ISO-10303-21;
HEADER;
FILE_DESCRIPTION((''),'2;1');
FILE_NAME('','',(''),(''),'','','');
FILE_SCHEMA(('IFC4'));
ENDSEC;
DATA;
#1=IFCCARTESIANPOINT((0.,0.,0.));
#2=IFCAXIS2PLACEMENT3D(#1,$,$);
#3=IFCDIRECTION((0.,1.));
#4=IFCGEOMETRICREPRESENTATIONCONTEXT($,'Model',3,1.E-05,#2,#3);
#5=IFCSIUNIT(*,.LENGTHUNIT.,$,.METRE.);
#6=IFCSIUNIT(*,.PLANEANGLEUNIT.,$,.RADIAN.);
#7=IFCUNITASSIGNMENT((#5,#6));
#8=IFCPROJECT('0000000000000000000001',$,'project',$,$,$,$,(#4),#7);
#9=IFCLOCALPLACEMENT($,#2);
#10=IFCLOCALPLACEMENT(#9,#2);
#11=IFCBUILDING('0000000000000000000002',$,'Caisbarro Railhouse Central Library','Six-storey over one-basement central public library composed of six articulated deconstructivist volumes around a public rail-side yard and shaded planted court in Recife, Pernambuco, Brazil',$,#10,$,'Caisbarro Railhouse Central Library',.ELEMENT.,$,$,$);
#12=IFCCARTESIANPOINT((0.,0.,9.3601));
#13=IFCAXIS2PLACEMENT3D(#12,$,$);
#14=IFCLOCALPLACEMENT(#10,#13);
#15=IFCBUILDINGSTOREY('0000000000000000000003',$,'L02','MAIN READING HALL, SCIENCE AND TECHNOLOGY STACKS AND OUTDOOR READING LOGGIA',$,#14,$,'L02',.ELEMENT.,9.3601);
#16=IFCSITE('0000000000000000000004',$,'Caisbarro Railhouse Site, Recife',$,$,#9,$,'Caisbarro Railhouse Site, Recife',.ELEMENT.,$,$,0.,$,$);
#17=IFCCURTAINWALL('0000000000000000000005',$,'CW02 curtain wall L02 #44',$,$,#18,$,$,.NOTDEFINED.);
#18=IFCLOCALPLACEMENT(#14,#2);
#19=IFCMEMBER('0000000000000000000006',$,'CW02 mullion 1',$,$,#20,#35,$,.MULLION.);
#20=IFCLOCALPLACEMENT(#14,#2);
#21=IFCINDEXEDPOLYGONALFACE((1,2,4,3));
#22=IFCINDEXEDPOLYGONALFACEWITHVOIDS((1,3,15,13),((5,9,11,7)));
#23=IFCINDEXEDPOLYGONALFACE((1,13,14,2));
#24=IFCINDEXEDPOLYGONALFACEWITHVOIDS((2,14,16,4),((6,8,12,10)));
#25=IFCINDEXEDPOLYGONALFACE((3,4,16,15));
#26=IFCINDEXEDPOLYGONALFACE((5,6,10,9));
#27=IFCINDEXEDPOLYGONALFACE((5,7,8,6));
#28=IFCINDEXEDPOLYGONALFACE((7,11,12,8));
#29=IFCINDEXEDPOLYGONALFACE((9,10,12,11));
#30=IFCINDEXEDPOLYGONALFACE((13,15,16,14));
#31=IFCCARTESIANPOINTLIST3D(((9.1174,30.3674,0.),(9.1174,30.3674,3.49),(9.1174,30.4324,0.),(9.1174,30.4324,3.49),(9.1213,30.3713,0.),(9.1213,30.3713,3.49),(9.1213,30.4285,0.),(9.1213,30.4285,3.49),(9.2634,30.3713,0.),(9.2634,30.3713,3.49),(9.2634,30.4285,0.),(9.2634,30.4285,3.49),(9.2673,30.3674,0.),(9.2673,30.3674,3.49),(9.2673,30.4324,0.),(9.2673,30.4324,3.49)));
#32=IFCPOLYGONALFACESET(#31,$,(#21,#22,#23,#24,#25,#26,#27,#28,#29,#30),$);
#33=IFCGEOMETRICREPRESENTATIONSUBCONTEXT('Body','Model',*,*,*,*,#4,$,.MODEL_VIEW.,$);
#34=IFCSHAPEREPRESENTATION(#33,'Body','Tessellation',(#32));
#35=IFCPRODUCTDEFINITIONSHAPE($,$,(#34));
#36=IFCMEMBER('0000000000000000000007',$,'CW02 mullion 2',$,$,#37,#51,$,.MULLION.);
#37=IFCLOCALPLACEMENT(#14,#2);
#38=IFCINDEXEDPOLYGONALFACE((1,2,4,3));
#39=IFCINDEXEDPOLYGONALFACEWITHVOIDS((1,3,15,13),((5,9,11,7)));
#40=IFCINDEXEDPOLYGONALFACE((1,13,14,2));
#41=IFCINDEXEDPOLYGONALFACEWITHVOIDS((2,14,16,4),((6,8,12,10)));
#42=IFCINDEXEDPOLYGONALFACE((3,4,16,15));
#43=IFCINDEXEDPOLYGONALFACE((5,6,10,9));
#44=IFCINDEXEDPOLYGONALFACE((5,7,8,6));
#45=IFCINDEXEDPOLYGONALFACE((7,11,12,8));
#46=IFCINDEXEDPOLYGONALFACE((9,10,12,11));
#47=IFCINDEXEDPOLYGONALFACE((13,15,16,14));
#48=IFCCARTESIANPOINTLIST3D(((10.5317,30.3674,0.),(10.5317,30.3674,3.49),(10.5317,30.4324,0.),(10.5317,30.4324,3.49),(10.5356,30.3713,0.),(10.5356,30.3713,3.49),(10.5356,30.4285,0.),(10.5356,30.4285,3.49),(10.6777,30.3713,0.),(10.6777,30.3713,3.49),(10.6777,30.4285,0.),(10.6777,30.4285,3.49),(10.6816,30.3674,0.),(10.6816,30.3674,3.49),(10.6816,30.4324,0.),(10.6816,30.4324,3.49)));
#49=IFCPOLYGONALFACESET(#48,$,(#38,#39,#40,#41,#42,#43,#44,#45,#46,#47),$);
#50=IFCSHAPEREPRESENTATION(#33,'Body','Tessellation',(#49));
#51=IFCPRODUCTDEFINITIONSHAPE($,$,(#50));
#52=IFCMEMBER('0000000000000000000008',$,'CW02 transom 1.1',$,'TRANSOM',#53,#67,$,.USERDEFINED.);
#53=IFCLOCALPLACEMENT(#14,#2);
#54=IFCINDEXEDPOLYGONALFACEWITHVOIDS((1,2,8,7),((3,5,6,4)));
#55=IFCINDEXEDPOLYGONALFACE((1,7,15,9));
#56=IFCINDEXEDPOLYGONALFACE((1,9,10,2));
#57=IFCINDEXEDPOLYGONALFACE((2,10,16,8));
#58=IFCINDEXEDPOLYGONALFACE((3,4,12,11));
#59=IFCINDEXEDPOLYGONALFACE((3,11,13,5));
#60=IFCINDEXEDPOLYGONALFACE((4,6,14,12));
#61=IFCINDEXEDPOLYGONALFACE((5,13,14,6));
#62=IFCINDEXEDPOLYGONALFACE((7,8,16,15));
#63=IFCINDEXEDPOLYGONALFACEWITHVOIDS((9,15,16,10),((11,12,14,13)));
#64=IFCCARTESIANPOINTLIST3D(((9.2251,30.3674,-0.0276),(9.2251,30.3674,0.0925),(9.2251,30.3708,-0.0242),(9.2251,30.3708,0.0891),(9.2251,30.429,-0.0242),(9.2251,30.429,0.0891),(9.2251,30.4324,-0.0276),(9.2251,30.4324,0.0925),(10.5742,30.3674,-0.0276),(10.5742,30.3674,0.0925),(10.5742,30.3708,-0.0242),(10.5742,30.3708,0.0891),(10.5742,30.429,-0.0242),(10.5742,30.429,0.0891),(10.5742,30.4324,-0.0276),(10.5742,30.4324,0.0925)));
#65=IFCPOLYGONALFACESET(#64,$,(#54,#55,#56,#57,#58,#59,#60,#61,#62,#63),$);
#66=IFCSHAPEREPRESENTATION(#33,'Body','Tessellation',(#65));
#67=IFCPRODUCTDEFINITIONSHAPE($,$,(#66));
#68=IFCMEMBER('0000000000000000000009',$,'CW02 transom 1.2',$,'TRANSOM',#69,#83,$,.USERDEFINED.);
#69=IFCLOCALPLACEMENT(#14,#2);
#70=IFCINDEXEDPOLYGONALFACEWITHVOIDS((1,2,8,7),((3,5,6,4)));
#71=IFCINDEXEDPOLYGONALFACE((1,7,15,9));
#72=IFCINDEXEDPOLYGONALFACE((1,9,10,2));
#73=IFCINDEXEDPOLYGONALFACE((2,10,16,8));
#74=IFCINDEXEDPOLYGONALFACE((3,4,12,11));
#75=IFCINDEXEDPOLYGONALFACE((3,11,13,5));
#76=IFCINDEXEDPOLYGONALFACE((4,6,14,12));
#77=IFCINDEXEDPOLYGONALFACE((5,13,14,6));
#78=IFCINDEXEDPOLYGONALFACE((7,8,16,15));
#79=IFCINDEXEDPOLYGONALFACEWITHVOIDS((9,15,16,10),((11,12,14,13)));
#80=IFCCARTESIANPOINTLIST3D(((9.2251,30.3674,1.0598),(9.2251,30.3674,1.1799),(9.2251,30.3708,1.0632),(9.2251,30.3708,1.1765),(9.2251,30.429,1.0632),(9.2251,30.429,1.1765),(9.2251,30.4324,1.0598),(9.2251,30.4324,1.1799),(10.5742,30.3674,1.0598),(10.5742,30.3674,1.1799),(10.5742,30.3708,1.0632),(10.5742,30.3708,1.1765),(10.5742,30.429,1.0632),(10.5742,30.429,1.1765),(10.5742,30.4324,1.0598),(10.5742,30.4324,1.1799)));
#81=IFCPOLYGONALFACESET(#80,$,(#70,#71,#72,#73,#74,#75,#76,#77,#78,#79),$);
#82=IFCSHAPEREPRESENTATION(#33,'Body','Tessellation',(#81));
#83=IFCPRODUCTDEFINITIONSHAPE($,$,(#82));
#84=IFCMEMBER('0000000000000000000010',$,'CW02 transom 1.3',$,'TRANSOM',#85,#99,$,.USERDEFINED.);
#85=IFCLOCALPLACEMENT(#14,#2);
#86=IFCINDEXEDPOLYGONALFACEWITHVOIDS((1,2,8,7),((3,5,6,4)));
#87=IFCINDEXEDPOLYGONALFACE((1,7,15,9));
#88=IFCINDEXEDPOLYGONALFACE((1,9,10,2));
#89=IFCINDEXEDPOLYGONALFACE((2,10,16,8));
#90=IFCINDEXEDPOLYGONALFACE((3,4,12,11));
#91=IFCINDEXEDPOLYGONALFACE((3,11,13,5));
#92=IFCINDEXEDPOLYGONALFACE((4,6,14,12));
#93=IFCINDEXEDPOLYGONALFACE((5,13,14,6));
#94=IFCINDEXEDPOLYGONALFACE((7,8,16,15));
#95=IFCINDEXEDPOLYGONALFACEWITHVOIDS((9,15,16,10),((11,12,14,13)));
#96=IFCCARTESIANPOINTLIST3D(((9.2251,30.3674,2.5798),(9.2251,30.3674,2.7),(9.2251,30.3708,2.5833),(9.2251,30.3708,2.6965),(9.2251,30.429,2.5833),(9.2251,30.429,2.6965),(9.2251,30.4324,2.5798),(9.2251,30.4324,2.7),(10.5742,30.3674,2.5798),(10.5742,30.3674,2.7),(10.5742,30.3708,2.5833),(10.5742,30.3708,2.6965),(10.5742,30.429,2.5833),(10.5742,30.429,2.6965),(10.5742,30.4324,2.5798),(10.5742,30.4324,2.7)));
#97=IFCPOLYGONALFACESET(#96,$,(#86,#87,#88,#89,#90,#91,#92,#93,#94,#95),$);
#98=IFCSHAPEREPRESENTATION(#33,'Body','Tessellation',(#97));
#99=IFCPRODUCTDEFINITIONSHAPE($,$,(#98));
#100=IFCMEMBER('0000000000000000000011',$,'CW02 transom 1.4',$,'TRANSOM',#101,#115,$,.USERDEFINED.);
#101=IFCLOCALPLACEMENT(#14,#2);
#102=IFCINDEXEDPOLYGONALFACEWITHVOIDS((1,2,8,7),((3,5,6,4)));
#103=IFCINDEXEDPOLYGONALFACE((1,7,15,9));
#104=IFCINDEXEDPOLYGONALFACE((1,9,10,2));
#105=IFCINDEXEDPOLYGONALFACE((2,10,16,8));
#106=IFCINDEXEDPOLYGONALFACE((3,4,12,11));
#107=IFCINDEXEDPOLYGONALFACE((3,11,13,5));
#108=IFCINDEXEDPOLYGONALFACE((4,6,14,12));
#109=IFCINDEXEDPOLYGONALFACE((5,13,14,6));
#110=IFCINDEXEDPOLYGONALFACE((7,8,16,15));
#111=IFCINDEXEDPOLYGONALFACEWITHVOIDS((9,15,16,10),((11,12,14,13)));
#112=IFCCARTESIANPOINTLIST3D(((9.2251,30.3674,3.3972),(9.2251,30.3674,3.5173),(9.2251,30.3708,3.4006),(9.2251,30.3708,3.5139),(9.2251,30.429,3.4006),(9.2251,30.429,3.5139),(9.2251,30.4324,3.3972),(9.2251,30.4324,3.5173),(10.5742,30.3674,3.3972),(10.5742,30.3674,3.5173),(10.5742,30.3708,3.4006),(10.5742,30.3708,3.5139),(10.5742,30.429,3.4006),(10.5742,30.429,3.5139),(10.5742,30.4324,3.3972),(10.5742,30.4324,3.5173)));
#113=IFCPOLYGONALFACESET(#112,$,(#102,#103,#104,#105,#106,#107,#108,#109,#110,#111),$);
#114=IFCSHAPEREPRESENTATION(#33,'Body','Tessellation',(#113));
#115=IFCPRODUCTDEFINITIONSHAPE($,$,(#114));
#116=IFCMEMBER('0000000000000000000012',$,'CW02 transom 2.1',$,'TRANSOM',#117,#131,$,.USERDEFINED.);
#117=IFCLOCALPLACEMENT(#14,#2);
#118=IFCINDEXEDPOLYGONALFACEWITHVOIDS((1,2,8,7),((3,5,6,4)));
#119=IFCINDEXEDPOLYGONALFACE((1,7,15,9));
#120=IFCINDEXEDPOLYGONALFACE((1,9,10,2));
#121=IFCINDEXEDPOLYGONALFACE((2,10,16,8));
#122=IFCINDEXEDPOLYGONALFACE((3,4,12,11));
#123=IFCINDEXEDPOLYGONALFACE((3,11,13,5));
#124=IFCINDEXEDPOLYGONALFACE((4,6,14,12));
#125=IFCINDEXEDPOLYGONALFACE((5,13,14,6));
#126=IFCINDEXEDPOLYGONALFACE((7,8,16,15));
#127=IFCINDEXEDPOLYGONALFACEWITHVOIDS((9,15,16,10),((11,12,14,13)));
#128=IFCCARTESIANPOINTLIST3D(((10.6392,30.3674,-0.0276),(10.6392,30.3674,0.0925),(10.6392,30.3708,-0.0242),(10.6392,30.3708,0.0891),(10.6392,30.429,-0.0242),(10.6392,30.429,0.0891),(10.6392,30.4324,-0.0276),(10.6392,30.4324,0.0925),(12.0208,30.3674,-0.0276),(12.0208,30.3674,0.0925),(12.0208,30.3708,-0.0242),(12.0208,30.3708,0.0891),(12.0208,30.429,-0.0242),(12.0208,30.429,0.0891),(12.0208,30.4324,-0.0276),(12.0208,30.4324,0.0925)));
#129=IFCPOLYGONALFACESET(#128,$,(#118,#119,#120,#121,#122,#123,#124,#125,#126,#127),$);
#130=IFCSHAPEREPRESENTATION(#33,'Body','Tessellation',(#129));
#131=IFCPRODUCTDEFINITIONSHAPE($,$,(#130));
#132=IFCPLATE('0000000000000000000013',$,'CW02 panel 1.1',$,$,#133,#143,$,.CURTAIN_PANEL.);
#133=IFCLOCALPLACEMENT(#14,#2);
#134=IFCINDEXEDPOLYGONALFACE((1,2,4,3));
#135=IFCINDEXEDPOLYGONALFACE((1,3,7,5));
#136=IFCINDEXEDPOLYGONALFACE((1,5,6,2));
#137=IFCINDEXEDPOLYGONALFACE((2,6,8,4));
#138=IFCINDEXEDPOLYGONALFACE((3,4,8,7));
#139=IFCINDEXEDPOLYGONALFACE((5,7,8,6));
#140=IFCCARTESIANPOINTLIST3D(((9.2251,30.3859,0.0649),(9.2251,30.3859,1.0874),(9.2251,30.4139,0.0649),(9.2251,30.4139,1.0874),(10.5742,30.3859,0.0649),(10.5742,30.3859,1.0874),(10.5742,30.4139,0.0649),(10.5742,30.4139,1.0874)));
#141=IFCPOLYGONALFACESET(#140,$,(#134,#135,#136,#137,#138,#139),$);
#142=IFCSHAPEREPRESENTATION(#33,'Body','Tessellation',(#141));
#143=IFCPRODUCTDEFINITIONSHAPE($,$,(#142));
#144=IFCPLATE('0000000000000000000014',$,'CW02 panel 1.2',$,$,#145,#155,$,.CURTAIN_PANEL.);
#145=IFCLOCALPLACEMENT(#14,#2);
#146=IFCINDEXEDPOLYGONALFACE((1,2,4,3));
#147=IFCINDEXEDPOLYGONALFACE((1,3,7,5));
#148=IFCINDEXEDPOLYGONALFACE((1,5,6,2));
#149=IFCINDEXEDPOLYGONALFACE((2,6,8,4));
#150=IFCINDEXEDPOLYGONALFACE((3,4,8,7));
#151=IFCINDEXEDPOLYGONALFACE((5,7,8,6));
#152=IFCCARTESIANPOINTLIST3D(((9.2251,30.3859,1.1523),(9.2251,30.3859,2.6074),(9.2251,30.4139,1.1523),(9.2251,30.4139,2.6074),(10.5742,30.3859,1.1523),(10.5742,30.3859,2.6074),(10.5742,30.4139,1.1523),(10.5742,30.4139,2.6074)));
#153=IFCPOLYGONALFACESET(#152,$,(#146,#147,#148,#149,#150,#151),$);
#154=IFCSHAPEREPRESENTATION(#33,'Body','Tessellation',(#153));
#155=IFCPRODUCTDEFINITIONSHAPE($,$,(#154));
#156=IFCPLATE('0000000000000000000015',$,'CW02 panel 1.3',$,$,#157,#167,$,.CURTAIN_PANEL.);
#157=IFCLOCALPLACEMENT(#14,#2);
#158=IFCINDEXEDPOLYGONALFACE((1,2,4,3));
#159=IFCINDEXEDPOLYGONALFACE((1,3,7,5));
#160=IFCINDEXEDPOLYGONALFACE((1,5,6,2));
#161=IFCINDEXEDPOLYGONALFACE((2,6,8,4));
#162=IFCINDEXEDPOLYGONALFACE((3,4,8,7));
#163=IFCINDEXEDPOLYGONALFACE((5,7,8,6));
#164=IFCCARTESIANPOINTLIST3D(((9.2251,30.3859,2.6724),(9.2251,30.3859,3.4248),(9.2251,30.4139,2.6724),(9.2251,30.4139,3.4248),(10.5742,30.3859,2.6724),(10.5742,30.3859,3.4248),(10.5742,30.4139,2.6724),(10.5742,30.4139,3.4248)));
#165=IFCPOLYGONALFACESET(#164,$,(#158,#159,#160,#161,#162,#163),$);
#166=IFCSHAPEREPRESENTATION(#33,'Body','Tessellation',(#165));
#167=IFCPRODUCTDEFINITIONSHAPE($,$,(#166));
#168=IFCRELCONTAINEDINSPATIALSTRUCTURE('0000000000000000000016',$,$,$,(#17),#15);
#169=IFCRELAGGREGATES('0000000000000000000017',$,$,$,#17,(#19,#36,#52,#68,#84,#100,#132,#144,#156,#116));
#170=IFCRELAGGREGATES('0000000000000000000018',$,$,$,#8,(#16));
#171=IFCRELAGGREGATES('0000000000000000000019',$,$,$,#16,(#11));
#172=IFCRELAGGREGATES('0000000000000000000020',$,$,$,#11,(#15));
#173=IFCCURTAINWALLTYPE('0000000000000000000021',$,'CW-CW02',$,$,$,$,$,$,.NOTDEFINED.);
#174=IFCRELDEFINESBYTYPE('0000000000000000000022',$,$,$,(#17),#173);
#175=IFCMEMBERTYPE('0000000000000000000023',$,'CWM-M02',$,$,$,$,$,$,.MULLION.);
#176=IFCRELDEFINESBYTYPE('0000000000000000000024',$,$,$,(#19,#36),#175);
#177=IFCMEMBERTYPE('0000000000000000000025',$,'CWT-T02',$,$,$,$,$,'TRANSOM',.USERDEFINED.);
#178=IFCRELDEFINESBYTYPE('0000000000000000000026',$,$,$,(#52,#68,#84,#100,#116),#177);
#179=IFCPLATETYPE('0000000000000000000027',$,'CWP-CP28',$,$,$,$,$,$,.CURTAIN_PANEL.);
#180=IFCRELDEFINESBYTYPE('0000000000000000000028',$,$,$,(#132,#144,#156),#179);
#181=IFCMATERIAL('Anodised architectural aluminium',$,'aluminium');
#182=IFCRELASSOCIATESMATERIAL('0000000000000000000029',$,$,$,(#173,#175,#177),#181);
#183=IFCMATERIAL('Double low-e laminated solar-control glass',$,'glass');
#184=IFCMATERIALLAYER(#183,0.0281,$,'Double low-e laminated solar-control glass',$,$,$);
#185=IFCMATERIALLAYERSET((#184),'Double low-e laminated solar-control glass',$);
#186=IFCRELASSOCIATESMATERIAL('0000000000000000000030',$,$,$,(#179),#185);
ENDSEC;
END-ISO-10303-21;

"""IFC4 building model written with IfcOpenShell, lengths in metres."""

from ifc_helpers import new_model, si_unit, direction, frame, origin, origin_2d, place, context, subcontext, project, spatial, rectangle, hollow_rectangle, extrude, material, layer, layer_set, material_profile, profile_set, type_object, element, aggregate, save


model = new_model("IFC4")

# Units and contexts
model_context = context("Model", 3, precision=1e-05, world=origin(), true_north=direction((0.0, 1.0)))
body_context = subcontext(model_context, "Body", "Model", "MODEL_VIEW")
ifc_project = project(units=[si_unit("LENGTHUNIT", "METRE"), si_unit("PLANEANGLEUNIT", "RADIAN")], contexts=[model_context])

# Site, building, storey
site_placement = place(None, origin())
site = spatial("IfcSite", under=ifc_project, at=site_placement, Name="Caisbarro Railhouse Site, Recife", LongName="Caisbarro Railhouse Site, Recife", CompositionType="ELEMENT", RefElevation=0.0)
building_placement = place(site_placement, origin())
building = spatial("IfcBuilding", under=site, at=building_placement, Name="Caisbarro Railhouse Central Library", Description="Six-storey over one-basement central public library composed of six articulated deconstructivist volumes around a public rail-side yard and shaded planted court in Recife, Pernambuco, Brazil", LongName="Caisbarro Railhouse Central Library", CompositionType="ELEMENT")
storey_placement = place(building_placement, frame((0.0, 0.0, 9.3601)))
storey = spatial("IfcBuildingStorey", under=building, at=storey_placement, Name="L02", Description="MAIN READING HALL, SCIENCE AND TECHNOLOGY STACKS AND OUTDOOR READING LOGGIA", LongName="L02", CompositionType="ELEMENT", Elevation=9.3601)

# Curtain wall, members, plates
ifc_material_1 = material(Name="Anodised architectural aluminium", Category="aluminium")
curtain_wall_type = type_object("IfcCurtainWallType", Name="CW-CW02", PredefinedType="NOTDEFINED", material=ifc_material_1)
curtain_wall_placement = place(storey_placement, origin())
curtain_wall = element("IfcCurtainWall", 1, at=curtain_wall_placement, inside=storey, type_object=curtain_wall_type, Name="CW02 curtain wall L02 #44", PredefinedType="NOTDEFINED")
ifc_material_profile_1 = material_profile(ifc_material_1, hollow_rectangle(XDim=0.0649, YDim=0.1499, WallThickness=0.0039, at=origin_2d()), Name="ALU-MUL-65X150")
ifc_profile_set_1 = profile_set([ifc_material_profile_1], Name="Anodised architectural aluminium")
member_type_1 = type_object("IfcMemberType", Name="CWM-M02", PredefinedType="MULLION", material=ifc_profile_set_1)
member_1_placement = place(storey_placement, frame((9.1924, 30.3999, 0.0), z_axis=(0.0, 0.0, 1.0), x_axis=(0.0, 1.0, 0.0)))
member_1 = element("IfcMember", 2, at=member_1_placement, type_object=member_type_1, Name="CW02 mullion 1", PredefinedType="MULLION", context=body_context, shape_type="SweptSolid", body=[
    extrude(hollow_rectangle(XDim=0.0649, YDim=0.1499, WallThickness=0.0039, at=origin_2d()), origin(), (0.0, 0.0, 1.0), 3.49),
])
member_2_placement = place(storey_placement, frame((10.6067, 30.3999, 0.0), z_axis=(0.0, 0.0, 1.0), x_axis=(0.0, 1.0, 0.0)))
member_2 = element("IfcMember", 3, at=member_2_placement, type_object=member_type_1, Name="CW02 mullion 2", PredefinedType="MULLION", context=body_context, shape_type="SweptSolid", body=[
    extrude(hollow_rectangle(XDim=0.0649, YDim=0.1499, WallThickness=0.0039, at=origin_2d()), origin(), (0.0, 0.0, 1.0), 3.49),
])
ifc_material_profile_2 = material_profile(ifc_material_1, hollow_rectangle(XDim=0.0649, YDim=0.1201, WallThickness=0.0034, at=origin_2d()), Name="ALU-TRN-65X120")
ifc_profile_set_2 = profile_set([ifc_material_profile_2], Name="Anodised architectural aluminium")
member_type_2 = type_object("IfcMemberType", Name="CWT-T02", ElementType="TRANSOM", PredefinedType="USERDEFINED", material=ifc_profile_set_2)
member_3_placement = place(storey_placement, frame((9.2251, 30.3999, 0.0325), z_axis=(1.0, 0.0, 0.0), x_axis=(0.0, 1.0, 0.0)))
member_3 = element("IfcMember", 4, at=member_3_placement, type_object=member_type_2, Name="CW02 transom 1.1", ObjectType="TRANSOM", PredefinedType="USERDEFINED", context=body_context, shape_type="SweptSolid", body=[
    extrude(hollow_rectangle(XDim=0.0649, YDim=0.1201, WallThickness=0.0034, at=origin_2d()), origin(), (0.0, 0.0, 1.0), 1.3491),
])
member_4_placement = place(storey_placement, frame((9.2251, 30.3999, 1.1199), z_axis=(1.0, 0.0, 0.0), x_axis=(0.0, 1.0, 0.0)))
member_4 = element("IfcMember", 5, at=member_4_placement, type_object=member_type_2, Name="CW02 transom 1.2", ObjectType="TRANSOM", PredefinedType="USERDEFINED", context=body_context, shape_type="SweptSolid", body=[
    extrude(hollow_rectangle(XDim=0.0649, YDim=0.1201, WallThickness=0.0034, at=origin_2d()), origin(), (0.0, 0.0, 1.0), 1.3491),
])
member_5_placement = place(storey_placement, frame((9.2251, 30.3999, 2.6399), z_axis=(1.0, 0.0, 0.0), x_axis=(0.0, 1.0, 0.0)))
member_5 = element("IfcMember", 6, at=member_5_placement, type_object=member_type_2, Name="CW02 transom 1.3", ObjectType="TRANSOM", PredefinedType="USERDEFINED", context=body_context, shape_type="SweptSolid", body=[
    extrude(hollow_rectangle(XDim=0.0649, YDim=0.1201, WallThickness=0.0034, at=origin_2d()), origin(), (0.0, 0.0, 1.0), 1.3491),
])
member_6_placement = place(storey_placement, frame((9.2251, 30.3999, 3.4573), z_axis=(1.0, 0.0, 0.0), x_axis=(0.0, 1.0, 0.0)))
member_6 = element("IfcMember", 7, at=member_6_placement, type_object=member_type_2, Name="CW02 transom 1.4", ObjectType="TRANSOM", PredefinedType="USERDEFINED", context=body_context, shape_type="SweptSolid", body=[
    extrude(hollow_rectangle(XDim=0.0649, YDim=0.1201, WallThickness=0.0034, at=origin_2d()), origin(), (0.0, 0.0, 1.0), 1.3491),
])
member_7_placement = place(storey_placement, frame((10.6392, 30.3999, 0.0325), z_axis=(1.0, 0.0, 0.0), x_axis=(0.0, 1.0, 0.0)))
member_7 = element("IfcMember", 8, at=member_7_placement, type_object=member_type_2, Name="CW02 transom 2.1", ObjectType="TRANSOM", PredefinedType="USERDEFINED", context=body_context, shape_type="SweptSolid", body=[
    extrude(hollow_rectangle(XDim=0.0649, YDim=0.1201, WallThickness=0.0034, at=origin_2d()), origin(), (0.0, 0.0, 1.0), 1.3816),
])
ifc_material_2 = material(Name="Double low-e laminated solar-control glass", Category="glass")
ifc_layer = layer(ifc_material_2, 0.0281, Name="Double low-e laminated solar-control glass")
ifc_layer_set = layer_set([ifc_layer], Name="Double low-e laminated solar-control glass")
plate_type = type_object("IfcPlateType", Name="CWP-CP28", PredefinedType="CURTAIN_PANEL", material=ifc_layer_set)
plate_1_placement = place(storey_placement, frame((9.8997, 30.3999, 0.0649), z_axis=(0.0, 0.0, 1.0), x_axis=(1.0, 0.0, 0.0)))
plate_1 = element("IfcPlate", 9, at=plate_1_placement, type_object=plate_type, Name="CW02 panel 1.1", PredefinedType="CURTAIN_PANEL", context=body_context, shape_type="SweptSolid", body=[
    extrude(rectangle(XDim=1.3491, YDim=0.0281, at=origin_2d()), origin(), (0.0, 0.0, 1.0), 1.0225),
])
plate_2_placement = place(storey_placement, frame((9.8997, 30.3999, 1.1523), z_axis=(0.0, 0.0, 1.0), x_axis=(1.0, 0.0, 0.0)))
plate_2 = element("IfcPlate", 10, at=plate_2_placement, type_object=plate_type, Name="CW02 panel 1.2", PredefinedType="CURTAIN_PANEL", context=body_context, shape_type="SweptSolid", body=[
    extrude(rectangle(XDim=1.3491, YDim=0.0281, at=origin_2d()), origin(), (0.0, 0.0, 1.0), 1.4551),
])
plate_3_placement = place(storey_placement, frame((9.8997, 30.3999, 2.6724), z_axis=(0.0, 0.0, 1.0), x_axis=(1.0, 0.0, 0.0)))
plate_3 = element("IfcPlate", 11, at=plate_3_placement, type_object=plate_type, Name="CW02 panel 1.3", PredefinedType="CURTAIN_PANEL", context=body_context, shape_type="SweptSolid", body=[
    extrude(rectangle(XDim=1.3491, YDim=0.0281, at=origin_2d()), origin(), (0.0, 0.0, 1.0), 0.7524),
])
aggregate(curtain_wall, [member_1, member_2, member_3, member_4, member_5, member_6, plate_1, plate_2, plate_3, member_7])

save(model, "model.ifc")
